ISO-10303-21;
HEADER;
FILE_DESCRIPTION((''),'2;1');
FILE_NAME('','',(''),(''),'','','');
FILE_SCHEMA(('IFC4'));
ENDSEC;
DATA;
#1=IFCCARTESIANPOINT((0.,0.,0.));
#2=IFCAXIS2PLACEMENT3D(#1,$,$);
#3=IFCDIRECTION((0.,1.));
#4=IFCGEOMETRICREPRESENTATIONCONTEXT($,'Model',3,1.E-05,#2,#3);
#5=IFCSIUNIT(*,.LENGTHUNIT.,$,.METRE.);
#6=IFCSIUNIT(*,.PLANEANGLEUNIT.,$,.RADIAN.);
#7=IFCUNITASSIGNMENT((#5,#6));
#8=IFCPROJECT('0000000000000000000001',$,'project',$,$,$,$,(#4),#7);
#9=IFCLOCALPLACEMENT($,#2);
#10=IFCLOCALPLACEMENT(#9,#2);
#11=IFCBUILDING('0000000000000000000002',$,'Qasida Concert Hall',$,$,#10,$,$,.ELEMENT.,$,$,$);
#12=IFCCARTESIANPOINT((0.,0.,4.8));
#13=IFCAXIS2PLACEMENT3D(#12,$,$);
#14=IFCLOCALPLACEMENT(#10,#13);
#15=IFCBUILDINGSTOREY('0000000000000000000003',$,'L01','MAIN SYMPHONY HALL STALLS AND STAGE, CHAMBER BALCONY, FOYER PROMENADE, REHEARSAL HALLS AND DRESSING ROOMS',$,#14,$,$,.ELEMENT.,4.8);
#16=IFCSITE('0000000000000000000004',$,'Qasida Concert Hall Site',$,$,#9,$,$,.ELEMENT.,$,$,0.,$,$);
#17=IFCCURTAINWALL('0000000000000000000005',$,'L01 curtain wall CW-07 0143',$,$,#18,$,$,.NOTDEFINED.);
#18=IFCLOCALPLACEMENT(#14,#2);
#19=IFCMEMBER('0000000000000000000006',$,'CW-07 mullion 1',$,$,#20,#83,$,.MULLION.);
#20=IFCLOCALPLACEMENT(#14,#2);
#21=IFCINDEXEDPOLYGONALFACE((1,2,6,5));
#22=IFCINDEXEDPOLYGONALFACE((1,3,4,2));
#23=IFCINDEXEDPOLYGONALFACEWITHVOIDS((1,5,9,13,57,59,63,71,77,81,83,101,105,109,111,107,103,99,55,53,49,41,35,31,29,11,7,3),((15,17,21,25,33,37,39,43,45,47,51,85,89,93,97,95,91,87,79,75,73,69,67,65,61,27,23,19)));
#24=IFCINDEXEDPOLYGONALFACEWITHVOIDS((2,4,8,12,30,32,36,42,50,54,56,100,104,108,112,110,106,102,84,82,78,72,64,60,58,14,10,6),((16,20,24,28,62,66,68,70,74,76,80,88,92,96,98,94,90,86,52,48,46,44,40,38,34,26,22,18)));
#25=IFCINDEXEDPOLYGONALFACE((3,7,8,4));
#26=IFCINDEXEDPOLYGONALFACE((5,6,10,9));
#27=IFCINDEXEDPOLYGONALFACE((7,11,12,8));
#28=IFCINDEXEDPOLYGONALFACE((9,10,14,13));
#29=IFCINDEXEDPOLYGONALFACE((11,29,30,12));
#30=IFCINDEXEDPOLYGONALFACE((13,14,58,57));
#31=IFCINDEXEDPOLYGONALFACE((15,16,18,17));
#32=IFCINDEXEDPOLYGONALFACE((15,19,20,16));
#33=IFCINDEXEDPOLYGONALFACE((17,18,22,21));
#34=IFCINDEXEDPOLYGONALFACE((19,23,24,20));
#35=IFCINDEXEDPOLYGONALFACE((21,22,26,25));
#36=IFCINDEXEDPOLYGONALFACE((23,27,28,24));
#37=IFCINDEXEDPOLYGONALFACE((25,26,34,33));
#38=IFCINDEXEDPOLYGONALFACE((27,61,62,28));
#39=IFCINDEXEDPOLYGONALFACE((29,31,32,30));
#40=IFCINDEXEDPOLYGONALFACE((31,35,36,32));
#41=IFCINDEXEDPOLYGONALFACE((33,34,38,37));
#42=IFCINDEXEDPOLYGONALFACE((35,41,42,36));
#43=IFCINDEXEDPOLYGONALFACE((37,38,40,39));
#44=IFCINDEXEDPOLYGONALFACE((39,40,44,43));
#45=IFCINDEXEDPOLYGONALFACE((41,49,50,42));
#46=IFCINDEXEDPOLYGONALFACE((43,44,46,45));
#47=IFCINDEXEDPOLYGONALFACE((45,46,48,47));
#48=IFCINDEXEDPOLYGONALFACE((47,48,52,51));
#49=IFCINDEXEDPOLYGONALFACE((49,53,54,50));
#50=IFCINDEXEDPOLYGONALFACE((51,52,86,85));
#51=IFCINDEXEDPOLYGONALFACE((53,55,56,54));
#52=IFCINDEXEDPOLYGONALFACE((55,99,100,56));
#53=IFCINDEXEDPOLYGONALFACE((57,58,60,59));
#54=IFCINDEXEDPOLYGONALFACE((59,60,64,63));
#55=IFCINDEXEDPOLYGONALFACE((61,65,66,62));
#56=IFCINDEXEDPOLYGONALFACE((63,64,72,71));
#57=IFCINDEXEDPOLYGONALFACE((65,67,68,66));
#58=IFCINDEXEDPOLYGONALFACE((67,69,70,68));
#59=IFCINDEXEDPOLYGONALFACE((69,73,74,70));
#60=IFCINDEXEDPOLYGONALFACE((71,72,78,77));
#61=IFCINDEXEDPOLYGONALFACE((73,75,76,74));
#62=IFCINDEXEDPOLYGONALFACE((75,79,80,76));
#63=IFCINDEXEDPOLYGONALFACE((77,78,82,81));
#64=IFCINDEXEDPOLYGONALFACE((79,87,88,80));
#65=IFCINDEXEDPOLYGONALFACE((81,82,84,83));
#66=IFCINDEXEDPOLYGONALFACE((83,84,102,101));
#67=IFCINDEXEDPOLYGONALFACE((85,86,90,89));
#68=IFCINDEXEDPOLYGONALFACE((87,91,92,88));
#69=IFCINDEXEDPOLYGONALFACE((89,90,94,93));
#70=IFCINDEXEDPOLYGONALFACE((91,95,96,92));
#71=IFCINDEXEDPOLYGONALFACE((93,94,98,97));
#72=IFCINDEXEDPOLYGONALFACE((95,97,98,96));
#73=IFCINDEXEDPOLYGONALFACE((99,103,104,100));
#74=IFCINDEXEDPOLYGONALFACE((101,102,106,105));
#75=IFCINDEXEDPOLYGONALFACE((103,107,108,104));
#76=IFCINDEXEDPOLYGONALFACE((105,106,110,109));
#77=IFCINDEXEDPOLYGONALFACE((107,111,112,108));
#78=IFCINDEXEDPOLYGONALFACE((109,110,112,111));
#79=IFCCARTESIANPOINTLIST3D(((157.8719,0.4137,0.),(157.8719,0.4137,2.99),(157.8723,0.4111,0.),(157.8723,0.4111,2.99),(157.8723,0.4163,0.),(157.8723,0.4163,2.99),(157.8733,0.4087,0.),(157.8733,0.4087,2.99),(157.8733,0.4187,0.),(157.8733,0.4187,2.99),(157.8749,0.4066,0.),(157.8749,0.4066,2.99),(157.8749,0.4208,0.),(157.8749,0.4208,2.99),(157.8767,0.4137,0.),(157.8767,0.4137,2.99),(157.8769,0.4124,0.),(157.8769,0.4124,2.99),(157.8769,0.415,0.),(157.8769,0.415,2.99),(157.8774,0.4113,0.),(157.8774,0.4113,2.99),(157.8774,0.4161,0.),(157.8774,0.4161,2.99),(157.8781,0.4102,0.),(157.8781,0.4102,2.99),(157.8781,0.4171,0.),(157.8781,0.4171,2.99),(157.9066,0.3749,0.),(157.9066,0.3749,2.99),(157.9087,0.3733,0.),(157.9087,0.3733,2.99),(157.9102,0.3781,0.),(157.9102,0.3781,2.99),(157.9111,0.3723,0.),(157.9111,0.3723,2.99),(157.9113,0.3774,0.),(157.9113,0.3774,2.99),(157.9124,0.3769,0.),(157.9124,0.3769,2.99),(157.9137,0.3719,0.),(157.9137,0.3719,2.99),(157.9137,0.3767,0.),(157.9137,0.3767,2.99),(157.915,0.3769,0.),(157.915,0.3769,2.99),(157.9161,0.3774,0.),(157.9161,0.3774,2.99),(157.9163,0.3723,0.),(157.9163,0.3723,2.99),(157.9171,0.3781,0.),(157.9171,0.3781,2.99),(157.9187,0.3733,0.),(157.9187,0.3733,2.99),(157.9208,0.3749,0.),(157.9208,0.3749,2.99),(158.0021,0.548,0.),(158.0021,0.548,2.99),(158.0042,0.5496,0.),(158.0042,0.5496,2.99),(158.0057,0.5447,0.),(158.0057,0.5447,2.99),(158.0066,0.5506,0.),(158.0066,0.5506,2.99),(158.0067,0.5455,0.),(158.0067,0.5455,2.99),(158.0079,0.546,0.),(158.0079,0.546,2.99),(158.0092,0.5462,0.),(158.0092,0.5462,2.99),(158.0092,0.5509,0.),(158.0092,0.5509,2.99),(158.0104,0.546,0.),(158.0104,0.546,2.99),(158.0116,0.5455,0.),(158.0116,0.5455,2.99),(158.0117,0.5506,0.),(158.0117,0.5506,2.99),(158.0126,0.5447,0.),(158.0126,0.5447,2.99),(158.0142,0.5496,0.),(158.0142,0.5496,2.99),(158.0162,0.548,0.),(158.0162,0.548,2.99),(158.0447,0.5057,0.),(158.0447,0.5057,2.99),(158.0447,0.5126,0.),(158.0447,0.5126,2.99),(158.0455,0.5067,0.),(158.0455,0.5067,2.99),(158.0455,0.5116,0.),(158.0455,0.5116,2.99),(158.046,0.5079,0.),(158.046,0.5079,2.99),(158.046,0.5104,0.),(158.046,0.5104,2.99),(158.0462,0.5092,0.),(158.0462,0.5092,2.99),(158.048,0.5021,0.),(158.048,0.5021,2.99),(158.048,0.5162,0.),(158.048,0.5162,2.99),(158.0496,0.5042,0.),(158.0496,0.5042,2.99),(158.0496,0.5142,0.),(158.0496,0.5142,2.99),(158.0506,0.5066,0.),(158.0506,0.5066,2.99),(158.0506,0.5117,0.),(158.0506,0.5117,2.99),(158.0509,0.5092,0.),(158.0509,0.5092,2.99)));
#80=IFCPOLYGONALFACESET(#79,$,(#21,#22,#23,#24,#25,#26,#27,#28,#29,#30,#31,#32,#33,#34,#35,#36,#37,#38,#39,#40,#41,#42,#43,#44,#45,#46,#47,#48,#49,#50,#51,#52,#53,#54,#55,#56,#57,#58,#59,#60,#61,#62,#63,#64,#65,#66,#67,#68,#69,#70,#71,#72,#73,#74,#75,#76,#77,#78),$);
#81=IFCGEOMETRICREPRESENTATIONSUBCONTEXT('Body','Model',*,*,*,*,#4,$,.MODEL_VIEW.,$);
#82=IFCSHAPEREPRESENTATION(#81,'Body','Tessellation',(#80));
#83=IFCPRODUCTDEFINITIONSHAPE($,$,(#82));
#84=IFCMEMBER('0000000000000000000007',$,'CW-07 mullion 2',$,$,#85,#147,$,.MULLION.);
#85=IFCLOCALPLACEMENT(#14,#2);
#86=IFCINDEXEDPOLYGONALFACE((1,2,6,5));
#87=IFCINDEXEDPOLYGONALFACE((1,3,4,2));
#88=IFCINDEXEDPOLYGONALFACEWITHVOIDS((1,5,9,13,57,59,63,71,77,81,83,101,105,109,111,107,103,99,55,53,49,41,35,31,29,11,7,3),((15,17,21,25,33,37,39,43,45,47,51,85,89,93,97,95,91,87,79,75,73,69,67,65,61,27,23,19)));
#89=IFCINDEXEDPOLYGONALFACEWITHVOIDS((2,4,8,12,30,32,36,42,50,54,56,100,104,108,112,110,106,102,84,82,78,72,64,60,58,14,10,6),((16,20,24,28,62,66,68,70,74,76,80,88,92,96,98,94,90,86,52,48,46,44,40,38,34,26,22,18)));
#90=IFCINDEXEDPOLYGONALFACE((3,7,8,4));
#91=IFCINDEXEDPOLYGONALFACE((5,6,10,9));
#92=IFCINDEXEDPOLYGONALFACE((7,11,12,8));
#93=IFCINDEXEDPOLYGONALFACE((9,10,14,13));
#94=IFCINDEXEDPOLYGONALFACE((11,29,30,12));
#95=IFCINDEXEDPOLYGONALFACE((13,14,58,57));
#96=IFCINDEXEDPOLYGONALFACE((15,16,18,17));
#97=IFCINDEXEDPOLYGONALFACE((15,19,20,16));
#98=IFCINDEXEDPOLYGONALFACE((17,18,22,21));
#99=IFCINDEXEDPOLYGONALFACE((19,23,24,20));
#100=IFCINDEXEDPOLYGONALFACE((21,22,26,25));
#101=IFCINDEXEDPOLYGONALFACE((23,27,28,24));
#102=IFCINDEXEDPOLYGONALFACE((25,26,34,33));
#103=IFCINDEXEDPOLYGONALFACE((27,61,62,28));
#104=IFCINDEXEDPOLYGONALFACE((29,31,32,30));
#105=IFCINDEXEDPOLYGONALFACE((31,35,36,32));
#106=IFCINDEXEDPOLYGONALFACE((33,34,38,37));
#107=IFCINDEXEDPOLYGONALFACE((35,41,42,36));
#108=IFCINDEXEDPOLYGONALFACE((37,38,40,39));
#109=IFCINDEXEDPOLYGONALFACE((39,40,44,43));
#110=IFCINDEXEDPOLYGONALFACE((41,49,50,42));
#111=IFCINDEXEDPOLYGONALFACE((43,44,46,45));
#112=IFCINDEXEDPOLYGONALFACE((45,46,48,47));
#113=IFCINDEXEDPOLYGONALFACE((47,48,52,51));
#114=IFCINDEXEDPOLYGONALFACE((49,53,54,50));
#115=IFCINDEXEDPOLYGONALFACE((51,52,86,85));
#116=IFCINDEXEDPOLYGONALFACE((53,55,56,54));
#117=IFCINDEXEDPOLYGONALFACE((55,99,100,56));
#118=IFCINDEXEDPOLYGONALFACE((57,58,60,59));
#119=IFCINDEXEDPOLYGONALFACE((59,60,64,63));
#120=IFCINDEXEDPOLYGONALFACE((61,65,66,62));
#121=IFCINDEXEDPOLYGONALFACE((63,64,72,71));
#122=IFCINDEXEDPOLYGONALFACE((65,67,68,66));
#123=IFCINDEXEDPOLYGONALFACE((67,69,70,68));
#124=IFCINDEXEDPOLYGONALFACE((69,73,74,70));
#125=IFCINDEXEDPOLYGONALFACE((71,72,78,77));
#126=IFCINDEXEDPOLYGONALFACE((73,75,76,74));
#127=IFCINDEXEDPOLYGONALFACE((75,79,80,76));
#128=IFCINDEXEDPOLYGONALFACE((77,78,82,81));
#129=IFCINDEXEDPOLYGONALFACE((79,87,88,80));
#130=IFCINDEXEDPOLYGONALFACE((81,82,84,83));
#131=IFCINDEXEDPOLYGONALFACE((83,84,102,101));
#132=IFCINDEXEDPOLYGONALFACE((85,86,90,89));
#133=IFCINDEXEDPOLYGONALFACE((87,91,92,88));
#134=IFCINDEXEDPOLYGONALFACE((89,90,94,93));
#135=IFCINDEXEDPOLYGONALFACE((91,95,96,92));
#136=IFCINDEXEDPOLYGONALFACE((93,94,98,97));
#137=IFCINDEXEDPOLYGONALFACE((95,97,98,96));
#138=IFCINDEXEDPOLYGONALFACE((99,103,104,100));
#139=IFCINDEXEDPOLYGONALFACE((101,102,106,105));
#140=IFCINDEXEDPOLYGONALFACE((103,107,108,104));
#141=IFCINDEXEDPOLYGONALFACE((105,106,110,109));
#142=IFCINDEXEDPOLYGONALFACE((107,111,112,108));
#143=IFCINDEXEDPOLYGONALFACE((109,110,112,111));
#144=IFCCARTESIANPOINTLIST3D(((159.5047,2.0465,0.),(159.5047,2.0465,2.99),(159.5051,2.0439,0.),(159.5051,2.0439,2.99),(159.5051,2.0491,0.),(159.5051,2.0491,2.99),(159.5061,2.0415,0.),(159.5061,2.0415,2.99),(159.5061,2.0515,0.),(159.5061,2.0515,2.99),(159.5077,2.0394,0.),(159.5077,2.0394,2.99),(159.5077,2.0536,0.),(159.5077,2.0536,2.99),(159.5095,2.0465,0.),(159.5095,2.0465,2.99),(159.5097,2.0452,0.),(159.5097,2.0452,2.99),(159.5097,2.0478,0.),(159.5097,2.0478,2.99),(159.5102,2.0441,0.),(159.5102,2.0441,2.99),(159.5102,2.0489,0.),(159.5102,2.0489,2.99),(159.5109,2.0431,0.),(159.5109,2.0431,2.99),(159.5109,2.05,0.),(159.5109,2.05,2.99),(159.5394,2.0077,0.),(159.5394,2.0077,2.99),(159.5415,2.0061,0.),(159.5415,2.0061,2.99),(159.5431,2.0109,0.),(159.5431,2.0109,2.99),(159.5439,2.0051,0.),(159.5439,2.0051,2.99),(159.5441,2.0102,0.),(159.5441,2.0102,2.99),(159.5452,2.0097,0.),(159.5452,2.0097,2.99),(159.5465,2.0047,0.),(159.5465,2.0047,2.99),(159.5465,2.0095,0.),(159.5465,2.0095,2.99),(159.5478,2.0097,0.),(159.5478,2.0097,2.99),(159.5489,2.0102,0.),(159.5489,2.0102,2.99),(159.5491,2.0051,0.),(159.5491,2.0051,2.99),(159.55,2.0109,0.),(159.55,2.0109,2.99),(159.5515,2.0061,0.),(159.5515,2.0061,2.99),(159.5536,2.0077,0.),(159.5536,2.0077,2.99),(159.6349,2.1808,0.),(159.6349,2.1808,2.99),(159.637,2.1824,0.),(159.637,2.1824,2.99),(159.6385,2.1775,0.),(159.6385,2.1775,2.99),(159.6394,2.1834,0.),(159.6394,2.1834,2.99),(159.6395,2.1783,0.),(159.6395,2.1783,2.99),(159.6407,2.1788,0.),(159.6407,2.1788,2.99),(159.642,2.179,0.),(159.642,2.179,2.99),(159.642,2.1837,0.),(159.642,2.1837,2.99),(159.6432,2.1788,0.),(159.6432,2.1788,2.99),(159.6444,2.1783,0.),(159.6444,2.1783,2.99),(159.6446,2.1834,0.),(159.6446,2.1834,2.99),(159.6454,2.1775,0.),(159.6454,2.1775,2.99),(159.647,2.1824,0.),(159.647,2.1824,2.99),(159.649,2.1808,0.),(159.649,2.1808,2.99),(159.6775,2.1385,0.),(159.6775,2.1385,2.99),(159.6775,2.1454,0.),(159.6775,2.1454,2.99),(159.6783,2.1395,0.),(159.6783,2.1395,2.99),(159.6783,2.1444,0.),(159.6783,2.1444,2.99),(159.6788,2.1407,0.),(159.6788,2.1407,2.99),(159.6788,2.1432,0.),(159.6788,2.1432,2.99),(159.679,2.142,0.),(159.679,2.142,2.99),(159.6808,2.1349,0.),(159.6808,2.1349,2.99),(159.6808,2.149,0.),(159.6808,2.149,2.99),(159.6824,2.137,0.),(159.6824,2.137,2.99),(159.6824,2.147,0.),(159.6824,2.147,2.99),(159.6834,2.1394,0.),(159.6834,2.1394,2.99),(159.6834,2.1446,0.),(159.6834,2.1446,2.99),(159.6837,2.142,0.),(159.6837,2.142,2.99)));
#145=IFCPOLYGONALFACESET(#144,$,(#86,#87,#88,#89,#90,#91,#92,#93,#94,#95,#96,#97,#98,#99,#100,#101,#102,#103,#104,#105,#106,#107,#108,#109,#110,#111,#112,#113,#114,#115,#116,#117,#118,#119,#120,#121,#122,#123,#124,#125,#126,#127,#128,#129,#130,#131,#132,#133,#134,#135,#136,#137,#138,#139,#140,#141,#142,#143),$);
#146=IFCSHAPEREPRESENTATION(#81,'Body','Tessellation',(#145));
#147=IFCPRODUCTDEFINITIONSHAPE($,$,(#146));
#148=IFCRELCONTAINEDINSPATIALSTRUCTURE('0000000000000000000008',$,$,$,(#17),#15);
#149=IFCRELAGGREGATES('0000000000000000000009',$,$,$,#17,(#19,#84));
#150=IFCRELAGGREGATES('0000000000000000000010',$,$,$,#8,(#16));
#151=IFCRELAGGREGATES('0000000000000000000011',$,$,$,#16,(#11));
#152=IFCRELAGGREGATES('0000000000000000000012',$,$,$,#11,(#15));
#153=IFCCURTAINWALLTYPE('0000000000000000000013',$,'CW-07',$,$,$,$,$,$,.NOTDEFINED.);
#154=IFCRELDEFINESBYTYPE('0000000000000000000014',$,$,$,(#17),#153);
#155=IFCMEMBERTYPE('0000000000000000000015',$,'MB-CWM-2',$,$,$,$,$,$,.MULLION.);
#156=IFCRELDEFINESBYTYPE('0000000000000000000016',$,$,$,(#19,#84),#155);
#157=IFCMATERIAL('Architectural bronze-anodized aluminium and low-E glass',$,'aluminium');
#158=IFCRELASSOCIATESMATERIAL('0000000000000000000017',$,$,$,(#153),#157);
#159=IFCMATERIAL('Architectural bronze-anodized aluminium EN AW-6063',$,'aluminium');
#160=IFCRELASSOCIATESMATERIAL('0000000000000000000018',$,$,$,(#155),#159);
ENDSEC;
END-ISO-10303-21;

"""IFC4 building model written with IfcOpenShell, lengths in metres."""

from ifc_helpers import new_model, si_unit, direction, frame, origin, origin_2d, place, context, subcontext, project, spatial, hollow_rectangle, extrude, material, material_profile, profile_set, type_object, element, aggregate, save


model = new_model("IFC4")

# Units and contexts
model_context = context("Model", 3, precision=1e-05, world=origin(), true_north=direction((0.0, 1.0)))
body_context = subcontext(model_context, "Body", "Model", "MODEL_VIEW")
ifc_project = project(units=[si_unit("LENGTHUNIT", "METRE"), si_unit("PLANEANGLEUNIT", "RADIAN")], contexts=[model_context])

# Site, building, storey
site_placement = place(None, origin())
site = spatial("IfcSite", under=ifc_project, at=site_placement, Name="Qasida Concert Hall Site", CompositionType="ELEMENT", RefElevation=0.0)
building_placement = place(site_placement, origin())
building = spatial("IfcBuilding", under=site, at=building_placement, Name="Qasida Concert Hall", CompositionType="ELEMENT")
storey_placement = place(building_placement, frame((0.0, 0.0, 4.8)))
storey = spatial("IfcBuildingStorey", under=building, at=storey_placement, Name="L01", Description="MAIN SYMPHONY HALL STALLS AND STAGE, CHAMBER BALCONY, FOYER PROMENADE, REHEARSAL HALLS AND DRESSING ROOMS", CompositionType="ELEMENT", Elevation=4.8)

# Curtain wall, members
ifc_material_1 = material(Name="Architectural bronze-anodized aluminium and low-E glass", Category="aluminium")
curtain_wall_type = type_object("IfcCurtainWallType", Name="CW-07", PredefinedType="NOTDEFINED", material=ifc_material_1)
curtain_wall_placement = place(storey_placement, origin())
curtain_wall = element("IfcCurtainWall", 1, at=curtain_wall_placement, inside=storey, type_object=curtain_wall_type, Name="L01 curtain wall CW-07 0143", PredefinedType="NOTDEFINED")
ifc_material_2 = material(Name="Architectural bronze-anodized aluminium EN AW-6063", Category="aluminium")
ifc_material_profile_1 = material_profile(ifc_material_2, hollow_rectangle(XDim=0.0649, YDim=0.2, WallThickness=0.0049, InnerFilletRadius=0.0049, OuterFilletRadius=0.01, at=origin_2d()), Name="CWM 200x65x5")
ifc_profile_set_1 = profile_set([ifc_material_profile_1], Name="Architectural bronze-anodized aluminium EN AW-6063")
member_type_1 = type_object("IfcMemberType", Name="MB-CWM-2", PredefinedType="MULLION", material=ifc_profile_set_1)
member_1_placement = place(storey_placement, frame((157.9614, 0.4614, 0.0), z_axis=(0.0, 0.0, 1.0), x_axis=(-0.707107, 0.707107, 0.0)))
member_1 = element("IfcMember", 2, at=member_1_placement, type_object=member_type_1, Name="CW-07 mullion 1", PredefinedType="MULLION", context=body_context, shape_type="SweptSolid", body=[
    extrude(hollow_rectangle(XDim=0.0649, YDim=0.2, WallThickness=0.0049, InnerFilletRadius=0.0049, OuterFilletRadius=0.01, at=origin_2d()), origin(), (0.0, 0.0, 1.0), 2.99),
])
member_2_placement = place(storey_placement, frame((159.5942, 2.0942, 0.0), z_axis=(0.0, 0.0, 1.0), x_axis=(-0.707107, 0.707107, 0.0)))
member_2 = element("IfcMember", 3, at=member_2_placement, type_object=member_type_1, Name="CW-07 mullion 2", PredefinedType="MULLION", context=body_context, shape_type="SweptSolid", body=[
    extrude(hollow_rectangle(XDim=0.0649, YDim=0.2, WallThickness=0.0049, InnerFilletRadius=0.0049, OuterFilletRadius=0.01, at=origin_2d()), origin(), (0.0, 0.0, 1.0), 2.99),
])
aggregate(curtain_wall, [member_1, member_2])

save(model, "model.ifc")
